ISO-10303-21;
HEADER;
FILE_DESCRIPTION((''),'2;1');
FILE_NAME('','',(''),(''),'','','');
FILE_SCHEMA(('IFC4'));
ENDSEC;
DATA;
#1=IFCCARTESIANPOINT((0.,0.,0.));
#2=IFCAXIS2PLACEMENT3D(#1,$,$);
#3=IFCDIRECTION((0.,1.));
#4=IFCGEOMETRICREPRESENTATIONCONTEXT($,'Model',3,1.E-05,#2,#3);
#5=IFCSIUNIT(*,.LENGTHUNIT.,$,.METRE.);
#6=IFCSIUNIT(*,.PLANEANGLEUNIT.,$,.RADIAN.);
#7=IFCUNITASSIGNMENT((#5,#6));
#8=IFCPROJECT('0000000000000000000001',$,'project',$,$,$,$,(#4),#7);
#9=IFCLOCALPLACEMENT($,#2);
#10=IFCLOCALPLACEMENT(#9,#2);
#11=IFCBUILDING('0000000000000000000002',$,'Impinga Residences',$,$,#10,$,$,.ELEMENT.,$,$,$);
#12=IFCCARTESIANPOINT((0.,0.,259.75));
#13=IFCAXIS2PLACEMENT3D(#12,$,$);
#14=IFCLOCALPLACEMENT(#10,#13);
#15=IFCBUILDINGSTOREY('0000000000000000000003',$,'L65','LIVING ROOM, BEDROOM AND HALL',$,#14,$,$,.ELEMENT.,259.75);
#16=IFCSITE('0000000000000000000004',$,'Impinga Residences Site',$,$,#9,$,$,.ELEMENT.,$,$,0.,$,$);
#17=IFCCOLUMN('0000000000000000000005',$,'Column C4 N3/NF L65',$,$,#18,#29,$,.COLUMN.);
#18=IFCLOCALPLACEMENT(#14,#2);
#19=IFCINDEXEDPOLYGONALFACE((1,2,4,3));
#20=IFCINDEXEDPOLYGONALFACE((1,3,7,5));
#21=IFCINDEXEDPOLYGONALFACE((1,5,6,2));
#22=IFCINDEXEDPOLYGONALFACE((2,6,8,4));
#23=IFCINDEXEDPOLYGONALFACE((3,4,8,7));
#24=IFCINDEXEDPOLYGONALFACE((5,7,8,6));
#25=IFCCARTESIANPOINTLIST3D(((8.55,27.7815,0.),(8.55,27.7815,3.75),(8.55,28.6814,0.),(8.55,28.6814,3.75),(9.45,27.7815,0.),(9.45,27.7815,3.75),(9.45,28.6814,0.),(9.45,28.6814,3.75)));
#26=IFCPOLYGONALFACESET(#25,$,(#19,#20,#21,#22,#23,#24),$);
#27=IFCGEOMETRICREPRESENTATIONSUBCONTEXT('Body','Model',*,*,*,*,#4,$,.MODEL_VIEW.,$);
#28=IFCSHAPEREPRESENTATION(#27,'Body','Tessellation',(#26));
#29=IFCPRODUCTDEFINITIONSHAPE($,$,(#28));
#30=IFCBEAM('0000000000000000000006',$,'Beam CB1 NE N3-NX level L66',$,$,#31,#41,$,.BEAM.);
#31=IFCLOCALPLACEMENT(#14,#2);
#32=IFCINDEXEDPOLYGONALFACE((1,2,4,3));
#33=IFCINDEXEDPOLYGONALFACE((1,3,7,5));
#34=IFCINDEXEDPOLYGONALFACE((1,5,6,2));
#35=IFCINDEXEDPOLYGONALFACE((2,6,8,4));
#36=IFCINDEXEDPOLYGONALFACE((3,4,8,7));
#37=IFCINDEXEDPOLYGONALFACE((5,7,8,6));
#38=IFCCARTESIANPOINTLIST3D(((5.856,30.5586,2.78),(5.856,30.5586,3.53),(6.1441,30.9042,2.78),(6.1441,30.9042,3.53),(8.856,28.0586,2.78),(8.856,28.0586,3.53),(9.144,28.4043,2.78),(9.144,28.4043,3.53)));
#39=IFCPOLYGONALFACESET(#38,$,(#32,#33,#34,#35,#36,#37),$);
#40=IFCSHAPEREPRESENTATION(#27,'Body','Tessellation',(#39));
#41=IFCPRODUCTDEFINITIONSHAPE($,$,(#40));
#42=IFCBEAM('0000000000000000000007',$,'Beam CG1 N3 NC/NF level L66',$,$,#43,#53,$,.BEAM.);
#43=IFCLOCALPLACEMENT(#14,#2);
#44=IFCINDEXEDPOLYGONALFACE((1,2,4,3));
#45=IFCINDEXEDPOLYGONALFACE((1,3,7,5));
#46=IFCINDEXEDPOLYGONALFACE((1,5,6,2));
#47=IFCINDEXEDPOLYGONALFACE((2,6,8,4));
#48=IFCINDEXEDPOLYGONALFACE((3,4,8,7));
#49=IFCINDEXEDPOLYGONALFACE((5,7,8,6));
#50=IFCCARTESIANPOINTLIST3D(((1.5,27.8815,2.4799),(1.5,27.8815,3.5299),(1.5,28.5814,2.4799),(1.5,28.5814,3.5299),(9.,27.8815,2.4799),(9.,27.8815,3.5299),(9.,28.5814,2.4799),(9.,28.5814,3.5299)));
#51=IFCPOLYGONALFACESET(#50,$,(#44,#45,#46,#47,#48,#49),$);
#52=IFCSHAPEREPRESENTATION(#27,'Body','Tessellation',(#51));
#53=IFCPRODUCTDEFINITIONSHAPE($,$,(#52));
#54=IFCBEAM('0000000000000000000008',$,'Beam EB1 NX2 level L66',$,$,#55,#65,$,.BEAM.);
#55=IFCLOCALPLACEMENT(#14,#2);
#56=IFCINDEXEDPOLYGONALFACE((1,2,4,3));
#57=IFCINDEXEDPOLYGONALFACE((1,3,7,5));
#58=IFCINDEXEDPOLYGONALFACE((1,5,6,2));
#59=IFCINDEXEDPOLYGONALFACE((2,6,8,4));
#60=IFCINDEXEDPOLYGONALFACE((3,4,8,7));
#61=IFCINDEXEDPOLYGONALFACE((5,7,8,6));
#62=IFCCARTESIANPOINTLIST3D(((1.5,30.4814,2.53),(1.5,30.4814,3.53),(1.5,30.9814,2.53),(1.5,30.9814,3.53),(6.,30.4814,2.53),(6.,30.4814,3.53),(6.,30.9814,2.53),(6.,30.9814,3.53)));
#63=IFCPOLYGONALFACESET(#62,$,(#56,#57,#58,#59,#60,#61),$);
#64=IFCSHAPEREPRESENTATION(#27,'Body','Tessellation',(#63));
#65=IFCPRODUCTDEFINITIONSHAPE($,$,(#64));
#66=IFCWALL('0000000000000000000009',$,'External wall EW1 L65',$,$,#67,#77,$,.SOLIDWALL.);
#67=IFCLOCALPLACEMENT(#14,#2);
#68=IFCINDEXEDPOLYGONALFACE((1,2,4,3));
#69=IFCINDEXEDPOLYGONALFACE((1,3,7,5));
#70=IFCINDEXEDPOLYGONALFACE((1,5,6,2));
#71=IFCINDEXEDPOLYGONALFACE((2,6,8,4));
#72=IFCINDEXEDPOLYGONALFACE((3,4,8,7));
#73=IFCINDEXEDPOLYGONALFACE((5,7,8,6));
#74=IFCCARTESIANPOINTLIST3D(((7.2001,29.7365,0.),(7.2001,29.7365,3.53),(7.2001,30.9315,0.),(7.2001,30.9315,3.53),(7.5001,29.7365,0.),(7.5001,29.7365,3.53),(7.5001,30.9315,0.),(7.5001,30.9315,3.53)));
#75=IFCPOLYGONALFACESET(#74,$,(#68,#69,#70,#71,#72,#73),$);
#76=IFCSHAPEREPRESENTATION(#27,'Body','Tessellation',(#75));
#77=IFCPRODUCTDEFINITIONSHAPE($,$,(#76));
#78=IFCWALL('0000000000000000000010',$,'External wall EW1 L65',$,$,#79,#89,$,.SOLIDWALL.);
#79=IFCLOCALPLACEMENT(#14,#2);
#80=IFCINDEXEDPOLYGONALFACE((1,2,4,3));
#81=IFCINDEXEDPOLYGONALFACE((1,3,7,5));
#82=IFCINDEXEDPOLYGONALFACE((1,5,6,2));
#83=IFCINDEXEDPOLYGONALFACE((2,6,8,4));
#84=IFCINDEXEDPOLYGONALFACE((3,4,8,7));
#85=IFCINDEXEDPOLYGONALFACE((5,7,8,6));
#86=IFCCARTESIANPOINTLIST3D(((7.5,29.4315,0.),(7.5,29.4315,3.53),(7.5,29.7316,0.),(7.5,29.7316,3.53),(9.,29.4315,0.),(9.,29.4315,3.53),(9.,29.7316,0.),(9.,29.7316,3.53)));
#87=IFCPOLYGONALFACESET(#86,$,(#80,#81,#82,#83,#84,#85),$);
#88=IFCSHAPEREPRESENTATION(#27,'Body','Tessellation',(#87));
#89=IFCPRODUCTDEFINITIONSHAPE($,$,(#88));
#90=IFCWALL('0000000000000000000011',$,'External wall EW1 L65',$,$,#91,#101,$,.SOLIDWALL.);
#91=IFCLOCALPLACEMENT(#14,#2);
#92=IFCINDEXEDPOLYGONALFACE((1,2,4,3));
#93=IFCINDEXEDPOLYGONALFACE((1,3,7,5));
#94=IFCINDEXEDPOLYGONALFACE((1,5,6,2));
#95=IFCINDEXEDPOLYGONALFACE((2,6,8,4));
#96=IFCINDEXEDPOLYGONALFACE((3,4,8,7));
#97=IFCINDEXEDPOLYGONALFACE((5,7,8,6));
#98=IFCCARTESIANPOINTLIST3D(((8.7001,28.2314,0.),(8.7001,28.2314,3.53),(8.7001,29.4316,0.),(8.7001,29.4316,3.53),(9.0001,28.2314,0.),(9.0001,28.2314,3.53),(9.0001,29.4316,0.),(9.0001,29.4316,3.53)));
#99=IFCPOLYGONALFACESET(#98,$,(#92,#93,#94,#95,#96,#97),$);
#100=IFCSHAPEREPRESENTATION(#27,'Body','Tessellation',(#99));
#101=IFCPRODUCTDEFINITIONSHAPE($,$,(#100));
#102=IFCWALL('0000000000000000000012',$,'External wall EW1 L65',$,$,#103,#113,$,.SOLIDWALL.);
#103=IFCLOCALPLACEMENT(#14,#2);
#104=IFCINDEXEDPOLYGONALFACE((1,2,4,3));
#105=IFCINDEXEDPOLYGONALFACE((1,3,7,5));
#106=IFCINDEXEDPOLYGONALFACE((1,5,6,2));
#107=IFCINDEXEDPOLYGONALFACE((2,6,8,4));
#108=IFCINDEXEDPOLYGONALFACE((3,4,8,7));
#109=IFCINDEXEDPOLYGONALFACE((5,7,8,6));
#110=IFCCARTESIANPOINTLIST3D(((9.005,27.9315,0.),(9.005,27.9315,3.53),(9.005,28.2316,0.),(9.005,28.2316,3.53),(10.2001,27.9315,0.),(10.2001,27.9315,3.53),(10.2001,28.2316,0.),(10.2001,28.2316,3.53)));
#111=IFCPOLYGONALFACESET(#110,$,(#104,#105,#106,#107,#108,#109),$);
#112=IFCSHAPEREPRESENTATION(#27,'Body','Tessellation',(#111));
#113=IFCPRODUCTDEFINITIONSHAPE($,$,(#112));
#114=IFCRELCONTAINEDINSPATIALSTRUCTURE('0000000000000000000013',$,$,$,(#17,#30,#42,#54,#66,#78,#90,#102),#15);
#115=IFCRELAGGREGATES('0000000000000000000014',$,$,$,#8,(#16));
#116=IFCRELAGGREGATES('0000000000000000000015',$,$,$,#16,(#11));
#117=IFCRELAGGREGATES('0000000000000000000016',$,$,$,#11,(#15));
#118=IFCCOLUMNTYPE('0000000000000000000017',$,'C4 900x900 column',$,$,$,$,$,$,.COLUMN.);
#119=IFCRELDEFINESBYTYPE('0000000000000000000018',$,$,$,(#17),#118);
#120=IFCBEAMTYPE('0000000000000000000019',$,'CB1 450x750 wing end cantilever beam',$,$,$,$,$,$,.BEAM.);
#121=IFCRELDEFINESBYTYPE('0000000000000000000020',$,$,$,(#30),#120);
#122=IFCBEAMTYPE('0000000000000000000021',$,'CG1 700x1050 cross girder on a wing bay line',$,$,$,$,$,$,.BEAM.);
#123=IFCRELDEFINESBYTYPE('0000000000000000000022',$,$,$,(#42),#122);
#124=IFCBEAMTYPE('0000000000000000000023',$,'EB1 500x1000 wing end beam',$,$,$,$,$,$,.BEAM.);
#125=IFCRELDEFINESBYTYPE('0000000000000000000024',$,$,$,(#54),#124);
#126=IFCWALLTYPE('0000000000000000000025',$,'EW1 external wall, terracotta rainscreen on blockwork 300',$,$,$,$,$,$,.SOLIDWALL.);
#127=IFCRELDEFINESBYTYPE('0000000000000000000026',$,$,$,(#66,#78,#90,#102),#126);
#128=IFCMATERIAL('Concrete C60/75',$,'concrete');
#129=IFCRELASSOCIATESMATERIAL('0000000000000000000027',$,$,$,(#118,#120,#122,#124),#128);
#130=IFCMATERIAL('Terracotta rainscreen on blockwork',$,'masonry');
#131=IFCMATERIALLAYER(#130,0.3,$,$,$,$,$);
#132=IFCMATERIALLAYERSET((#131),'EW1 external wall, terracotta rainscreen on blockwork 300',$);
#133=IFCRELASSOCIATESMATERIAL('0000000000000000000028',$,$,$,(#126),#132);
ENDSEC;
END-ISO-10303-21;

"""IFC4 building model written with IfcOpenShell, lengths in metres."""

from ifc_helpers import new_model, si_unit, direction, frame, frame_2d, origin, origin_2d, place, context, subcontext, project, spatial, rectangle, extrude, material, layer, layer_set, material_profile, profile_set, type_object, element, save


model = new_model("IFC4")

# Units and contexts
model_context = context("Model", 3, precision=1e-05, world=origin(), true_north=direction((0.0, 1.0)))
body_context = subcontext(model_context, "Body", "Model", "MODEL_VIEW")
ifc_project = project(units=[si_unit("LENGTHUNIT", "METRE"), si_unit("PLANEANGLEUNIT", "RADIAN")], contexts=[model_context])

# Site, building, storey
site_placement = place(None, origin())
site = spatial("IfcSite", under=ifc_project, at=site_placement, Name="Impinga Residences Site", CompositionType="ELEMENT", RefElevation=0.0)
building_placement = place(site_placement, origin())
building = spatial("IfcBuilding", under=site, at=building_placement, Name="Impinga Residences", CompositionType="ELEMENT")
storey_placement = place(building_placement, frame((0.0, 0.0, 259.75)))
storey = spatial("IfcBuildingStorey", under=building, at=storey_placement, Name="L65", Description="LIVING ROOM, BEDROOM AND HALL", CompositionType="ELEMENT", Elevation=259.75)

# Column
ifc_material_1 = material(Name="Concrete C60/75", Category="concrete")
ifc_material_profile_1 = material_profile(ifc_material_1, rectangle(XDim=0.8999, YDim=0.8999, at=origin_2d()), Name="RC 900x900")
ifc_profile_set_1 = profile_set([ifc_material_profile_1], Name="Concrete C60/75")
column_type = type_object("IfcColumnType", Name="C4 900x900 column", PredefinedType="COLUMN", material=ifc_profile_set_1)
column_placement = place(storey_placement, frame((9.0, 28.2314, 0.0), z_axis=(0.0, 0.0, 1.0), x_axis=(1.0, 0.0, 0.0)))
element("IfcColumn", 1, at=column_placement, inside=storey, type_object=column_type, Name="Column C4 N3/NF L65", PredefinedType="COLUMN", context=body_context, shape_type="SweptSolid", body=[
    extrude(rectangle(XDim=0.8999, YDim=0.8999, at=origin_2d()), origin(), (0.0, 0.0, 1.0), 3.75),
])

# Beams
ifc_material_profile_2 = material_profile(ifc_material_1, rectangle(XDim=0.45, YDim=0.75, at=origin_2d()), Name="RC 450x750")
ifc_profile_set_2 = profile_set([ifc_material_profile_2], Name="Concrete C60/75")
beam_type_1 = type_object("IfcBeamType", Name="CB1 450x750 wing end cantilever beam", PredefinedType="BEAM", material=ifc_profile_set_2)
beam_1_placement = place(storey_placement, frame((9.0, 28.2314, 3.155), z_axis=(-0.768221, 0.640184, 0.0), x_axis=(-0.640184, -0.768221, 0.0)))
element("IfcBeam", 2, at=beam_1_placement, inside=storey, type_object=beam_type_1, Name="Beam CB1 NE N3-NX level L66", PredefinedType="BEAM", context=body_context, shape_type="SweptSolid", body=[
    extrude(rectangle(XDim=0.45, YDim=0.75, at=origin_2d()), origin(), (0.0, 0.0, 1.0), 3.905),
])
ifc_material_profile_3 = material_profile(ifc_material_1, rectangle(XDim=0.7, YDim=1.05, at=origin_2d()), Name="RC 700x1050")
ifc_profile_set_3 = profile_set([ifc_material_profile_3], Name="Concrete C60/75")
beam_type_2 = type_object("IfcBeamType", Name="CG1 700x1050 cross girder on a wing bay line", PredefinedType="BEAM", material=ifc_profile_set_3)
beam_2_placement = place(storey_placement, frame((1.5, 28.2314, 3.0049), z_axis=(1.0, 0.0, 0.0), x_axis=(0.0, 1.0, 0.0)))
element("IfcBeam", 3, at=beam_2_placement, inside=storey, type_object=beam_type_2, Name="Beam CG1 N3 NC/NF level L66", PredefinedType="BEAM", context=body_context, shape_type="SweptSolid", body=[
    extrude(rectangle(XDim=0.7, YDim=1.05, at=origin_2d()), origin(), (0.0, 0.0, 1.0), 7.5),
])
ifc_material_profile_4 = material_profile(ifc_material_1, rectangle(XDim=0.5, YDim=1.0, at=origin_2d()), Name="RC 500x1000")
ifc_profile_set_4 = profile_set([ifc_material_profile_4], Name="Concrete C60/75")
beam_type_3 = type_object("IfcBeamType", Name="EB1 500x1000 wing end beam", PredefinedType="BEAM", material=ifc_profile_set_4)
beam_3_placement = place(storey_placement, frame((1.5, 30.7314, 3.03), z_axis=(1.0, 0.0, 0.0), x_axis=(0.0, 1.0, 0.0)))
element("IfcBeam", 4, at=beam_3_placement, inside=storey, type_object=beam_type_3, Name="Beam EB1 NX2 level L66", PredefinedType="BEAM", context=body_context, shape_type="SweptSolid", body=[
    extrude(rectangle(XDim=0.5, YDim=1.0, at=origin_2d()), origin(), (0.0, 0.0, 1.0), 4.5),
])

# Walls
ifc_material_2 = material(Name="Terracotta rainscreen on blockwork", Category="masonry")
ifc_layer_1 = layer(ifc_material_2, 0.3)
ifc_layer_set_1 = layer_set([ifc_layer_1], Name="EW1 external wall, terracotta rainscreen on blockwork 300")
wall_type_1 = type_object("IfcWallType", Name="EW1 external wall, terracotta rainscreen on blockwork 300", PredefinedType="SOLIDWALL", material=ifc_layer_set_1)
wall_1_placement = place(storey_placement, frame((7.3501, 30.9316, 0.0), z_axis=(0.0, 0.0, 1.0), x_axis=(0.0, -1.0, 0.0)))
element("IfcWall", 5, at=wall_1_placement, inside=storey, type_object=wall_type_1, Name="External wall EW1 L65", PredefinedType="SOLIDWALL", context=body_context, shape_type="SweptSolid", body=[
    extrude(rectangle(XDim=1.1951, YDim=0.3, at=frame_2d((0.5977, 0.0))), origin(), (0.0, 0.0, 1.0), 3.53),
])
wall_2_placement = place(storey_placement, frame((7.5, 29.5815, 0.0), z_axis=(0.0, 0.0, 1.0), x_axis=(1.0, 0.0, 0.0)))
element("IfcWall", 6, at=wall_2_placement, inside=storey, type_object=wall_type_1, Name="External wall EW1 L65", PredefinedType="SOLIDWALL", context=body_context, shape_type="SweptSolid", body=[
    extrude(rectangle(XDim=1.5, YDim=0.3, at=frame_2d((0.75, 0.0))), origin(), (0.0, 0.0, 1.0), 3.53),
])
wall_3_placement = place(storey_placement, frame((8.8501, 29.4316, 0.0), z_axis=(0.0, 0.0, 1.0), x_axis=(0.0, -1.0, 0.0)))
element("IfcWall", 7, at=wall_3_placement, inside=storey, type_object=wall_type_1, Name="External wall EW1 L65", PredefinedType="SOLIDWALL", context=body_context, shape_type="SweptSolid", body=[
    extrude(rectangle(XDim=1.2002, YDim=0.3, at=frame_2d((0.6001, 0.0))), origin(), (0.0, 0.0, 1.0), 3.53),
])
wall_4_placement = place(storey_placement, frame((9.0049, 28.0815, 0.0), z_axis=(0.0, 0.0, 1.0), x_axis=(1.0, 0.0, 0.0)))
element("IfcWall", 8, at=wall_4_placement, inside=storey, type_object=wall_type_1, Name="External wall EW1 L65", PredefinedType="SOLIDWALL", context=body_context, shape_type="SweptSolid", body=[
    extrude(rectangle(XDim=1.1951, YDim=0.3, at=frame_2d((0.5977, 0.0))), origin(), (0.0, 0.0, 1.0), 3.53),
])

save(model, "model.ifc")
